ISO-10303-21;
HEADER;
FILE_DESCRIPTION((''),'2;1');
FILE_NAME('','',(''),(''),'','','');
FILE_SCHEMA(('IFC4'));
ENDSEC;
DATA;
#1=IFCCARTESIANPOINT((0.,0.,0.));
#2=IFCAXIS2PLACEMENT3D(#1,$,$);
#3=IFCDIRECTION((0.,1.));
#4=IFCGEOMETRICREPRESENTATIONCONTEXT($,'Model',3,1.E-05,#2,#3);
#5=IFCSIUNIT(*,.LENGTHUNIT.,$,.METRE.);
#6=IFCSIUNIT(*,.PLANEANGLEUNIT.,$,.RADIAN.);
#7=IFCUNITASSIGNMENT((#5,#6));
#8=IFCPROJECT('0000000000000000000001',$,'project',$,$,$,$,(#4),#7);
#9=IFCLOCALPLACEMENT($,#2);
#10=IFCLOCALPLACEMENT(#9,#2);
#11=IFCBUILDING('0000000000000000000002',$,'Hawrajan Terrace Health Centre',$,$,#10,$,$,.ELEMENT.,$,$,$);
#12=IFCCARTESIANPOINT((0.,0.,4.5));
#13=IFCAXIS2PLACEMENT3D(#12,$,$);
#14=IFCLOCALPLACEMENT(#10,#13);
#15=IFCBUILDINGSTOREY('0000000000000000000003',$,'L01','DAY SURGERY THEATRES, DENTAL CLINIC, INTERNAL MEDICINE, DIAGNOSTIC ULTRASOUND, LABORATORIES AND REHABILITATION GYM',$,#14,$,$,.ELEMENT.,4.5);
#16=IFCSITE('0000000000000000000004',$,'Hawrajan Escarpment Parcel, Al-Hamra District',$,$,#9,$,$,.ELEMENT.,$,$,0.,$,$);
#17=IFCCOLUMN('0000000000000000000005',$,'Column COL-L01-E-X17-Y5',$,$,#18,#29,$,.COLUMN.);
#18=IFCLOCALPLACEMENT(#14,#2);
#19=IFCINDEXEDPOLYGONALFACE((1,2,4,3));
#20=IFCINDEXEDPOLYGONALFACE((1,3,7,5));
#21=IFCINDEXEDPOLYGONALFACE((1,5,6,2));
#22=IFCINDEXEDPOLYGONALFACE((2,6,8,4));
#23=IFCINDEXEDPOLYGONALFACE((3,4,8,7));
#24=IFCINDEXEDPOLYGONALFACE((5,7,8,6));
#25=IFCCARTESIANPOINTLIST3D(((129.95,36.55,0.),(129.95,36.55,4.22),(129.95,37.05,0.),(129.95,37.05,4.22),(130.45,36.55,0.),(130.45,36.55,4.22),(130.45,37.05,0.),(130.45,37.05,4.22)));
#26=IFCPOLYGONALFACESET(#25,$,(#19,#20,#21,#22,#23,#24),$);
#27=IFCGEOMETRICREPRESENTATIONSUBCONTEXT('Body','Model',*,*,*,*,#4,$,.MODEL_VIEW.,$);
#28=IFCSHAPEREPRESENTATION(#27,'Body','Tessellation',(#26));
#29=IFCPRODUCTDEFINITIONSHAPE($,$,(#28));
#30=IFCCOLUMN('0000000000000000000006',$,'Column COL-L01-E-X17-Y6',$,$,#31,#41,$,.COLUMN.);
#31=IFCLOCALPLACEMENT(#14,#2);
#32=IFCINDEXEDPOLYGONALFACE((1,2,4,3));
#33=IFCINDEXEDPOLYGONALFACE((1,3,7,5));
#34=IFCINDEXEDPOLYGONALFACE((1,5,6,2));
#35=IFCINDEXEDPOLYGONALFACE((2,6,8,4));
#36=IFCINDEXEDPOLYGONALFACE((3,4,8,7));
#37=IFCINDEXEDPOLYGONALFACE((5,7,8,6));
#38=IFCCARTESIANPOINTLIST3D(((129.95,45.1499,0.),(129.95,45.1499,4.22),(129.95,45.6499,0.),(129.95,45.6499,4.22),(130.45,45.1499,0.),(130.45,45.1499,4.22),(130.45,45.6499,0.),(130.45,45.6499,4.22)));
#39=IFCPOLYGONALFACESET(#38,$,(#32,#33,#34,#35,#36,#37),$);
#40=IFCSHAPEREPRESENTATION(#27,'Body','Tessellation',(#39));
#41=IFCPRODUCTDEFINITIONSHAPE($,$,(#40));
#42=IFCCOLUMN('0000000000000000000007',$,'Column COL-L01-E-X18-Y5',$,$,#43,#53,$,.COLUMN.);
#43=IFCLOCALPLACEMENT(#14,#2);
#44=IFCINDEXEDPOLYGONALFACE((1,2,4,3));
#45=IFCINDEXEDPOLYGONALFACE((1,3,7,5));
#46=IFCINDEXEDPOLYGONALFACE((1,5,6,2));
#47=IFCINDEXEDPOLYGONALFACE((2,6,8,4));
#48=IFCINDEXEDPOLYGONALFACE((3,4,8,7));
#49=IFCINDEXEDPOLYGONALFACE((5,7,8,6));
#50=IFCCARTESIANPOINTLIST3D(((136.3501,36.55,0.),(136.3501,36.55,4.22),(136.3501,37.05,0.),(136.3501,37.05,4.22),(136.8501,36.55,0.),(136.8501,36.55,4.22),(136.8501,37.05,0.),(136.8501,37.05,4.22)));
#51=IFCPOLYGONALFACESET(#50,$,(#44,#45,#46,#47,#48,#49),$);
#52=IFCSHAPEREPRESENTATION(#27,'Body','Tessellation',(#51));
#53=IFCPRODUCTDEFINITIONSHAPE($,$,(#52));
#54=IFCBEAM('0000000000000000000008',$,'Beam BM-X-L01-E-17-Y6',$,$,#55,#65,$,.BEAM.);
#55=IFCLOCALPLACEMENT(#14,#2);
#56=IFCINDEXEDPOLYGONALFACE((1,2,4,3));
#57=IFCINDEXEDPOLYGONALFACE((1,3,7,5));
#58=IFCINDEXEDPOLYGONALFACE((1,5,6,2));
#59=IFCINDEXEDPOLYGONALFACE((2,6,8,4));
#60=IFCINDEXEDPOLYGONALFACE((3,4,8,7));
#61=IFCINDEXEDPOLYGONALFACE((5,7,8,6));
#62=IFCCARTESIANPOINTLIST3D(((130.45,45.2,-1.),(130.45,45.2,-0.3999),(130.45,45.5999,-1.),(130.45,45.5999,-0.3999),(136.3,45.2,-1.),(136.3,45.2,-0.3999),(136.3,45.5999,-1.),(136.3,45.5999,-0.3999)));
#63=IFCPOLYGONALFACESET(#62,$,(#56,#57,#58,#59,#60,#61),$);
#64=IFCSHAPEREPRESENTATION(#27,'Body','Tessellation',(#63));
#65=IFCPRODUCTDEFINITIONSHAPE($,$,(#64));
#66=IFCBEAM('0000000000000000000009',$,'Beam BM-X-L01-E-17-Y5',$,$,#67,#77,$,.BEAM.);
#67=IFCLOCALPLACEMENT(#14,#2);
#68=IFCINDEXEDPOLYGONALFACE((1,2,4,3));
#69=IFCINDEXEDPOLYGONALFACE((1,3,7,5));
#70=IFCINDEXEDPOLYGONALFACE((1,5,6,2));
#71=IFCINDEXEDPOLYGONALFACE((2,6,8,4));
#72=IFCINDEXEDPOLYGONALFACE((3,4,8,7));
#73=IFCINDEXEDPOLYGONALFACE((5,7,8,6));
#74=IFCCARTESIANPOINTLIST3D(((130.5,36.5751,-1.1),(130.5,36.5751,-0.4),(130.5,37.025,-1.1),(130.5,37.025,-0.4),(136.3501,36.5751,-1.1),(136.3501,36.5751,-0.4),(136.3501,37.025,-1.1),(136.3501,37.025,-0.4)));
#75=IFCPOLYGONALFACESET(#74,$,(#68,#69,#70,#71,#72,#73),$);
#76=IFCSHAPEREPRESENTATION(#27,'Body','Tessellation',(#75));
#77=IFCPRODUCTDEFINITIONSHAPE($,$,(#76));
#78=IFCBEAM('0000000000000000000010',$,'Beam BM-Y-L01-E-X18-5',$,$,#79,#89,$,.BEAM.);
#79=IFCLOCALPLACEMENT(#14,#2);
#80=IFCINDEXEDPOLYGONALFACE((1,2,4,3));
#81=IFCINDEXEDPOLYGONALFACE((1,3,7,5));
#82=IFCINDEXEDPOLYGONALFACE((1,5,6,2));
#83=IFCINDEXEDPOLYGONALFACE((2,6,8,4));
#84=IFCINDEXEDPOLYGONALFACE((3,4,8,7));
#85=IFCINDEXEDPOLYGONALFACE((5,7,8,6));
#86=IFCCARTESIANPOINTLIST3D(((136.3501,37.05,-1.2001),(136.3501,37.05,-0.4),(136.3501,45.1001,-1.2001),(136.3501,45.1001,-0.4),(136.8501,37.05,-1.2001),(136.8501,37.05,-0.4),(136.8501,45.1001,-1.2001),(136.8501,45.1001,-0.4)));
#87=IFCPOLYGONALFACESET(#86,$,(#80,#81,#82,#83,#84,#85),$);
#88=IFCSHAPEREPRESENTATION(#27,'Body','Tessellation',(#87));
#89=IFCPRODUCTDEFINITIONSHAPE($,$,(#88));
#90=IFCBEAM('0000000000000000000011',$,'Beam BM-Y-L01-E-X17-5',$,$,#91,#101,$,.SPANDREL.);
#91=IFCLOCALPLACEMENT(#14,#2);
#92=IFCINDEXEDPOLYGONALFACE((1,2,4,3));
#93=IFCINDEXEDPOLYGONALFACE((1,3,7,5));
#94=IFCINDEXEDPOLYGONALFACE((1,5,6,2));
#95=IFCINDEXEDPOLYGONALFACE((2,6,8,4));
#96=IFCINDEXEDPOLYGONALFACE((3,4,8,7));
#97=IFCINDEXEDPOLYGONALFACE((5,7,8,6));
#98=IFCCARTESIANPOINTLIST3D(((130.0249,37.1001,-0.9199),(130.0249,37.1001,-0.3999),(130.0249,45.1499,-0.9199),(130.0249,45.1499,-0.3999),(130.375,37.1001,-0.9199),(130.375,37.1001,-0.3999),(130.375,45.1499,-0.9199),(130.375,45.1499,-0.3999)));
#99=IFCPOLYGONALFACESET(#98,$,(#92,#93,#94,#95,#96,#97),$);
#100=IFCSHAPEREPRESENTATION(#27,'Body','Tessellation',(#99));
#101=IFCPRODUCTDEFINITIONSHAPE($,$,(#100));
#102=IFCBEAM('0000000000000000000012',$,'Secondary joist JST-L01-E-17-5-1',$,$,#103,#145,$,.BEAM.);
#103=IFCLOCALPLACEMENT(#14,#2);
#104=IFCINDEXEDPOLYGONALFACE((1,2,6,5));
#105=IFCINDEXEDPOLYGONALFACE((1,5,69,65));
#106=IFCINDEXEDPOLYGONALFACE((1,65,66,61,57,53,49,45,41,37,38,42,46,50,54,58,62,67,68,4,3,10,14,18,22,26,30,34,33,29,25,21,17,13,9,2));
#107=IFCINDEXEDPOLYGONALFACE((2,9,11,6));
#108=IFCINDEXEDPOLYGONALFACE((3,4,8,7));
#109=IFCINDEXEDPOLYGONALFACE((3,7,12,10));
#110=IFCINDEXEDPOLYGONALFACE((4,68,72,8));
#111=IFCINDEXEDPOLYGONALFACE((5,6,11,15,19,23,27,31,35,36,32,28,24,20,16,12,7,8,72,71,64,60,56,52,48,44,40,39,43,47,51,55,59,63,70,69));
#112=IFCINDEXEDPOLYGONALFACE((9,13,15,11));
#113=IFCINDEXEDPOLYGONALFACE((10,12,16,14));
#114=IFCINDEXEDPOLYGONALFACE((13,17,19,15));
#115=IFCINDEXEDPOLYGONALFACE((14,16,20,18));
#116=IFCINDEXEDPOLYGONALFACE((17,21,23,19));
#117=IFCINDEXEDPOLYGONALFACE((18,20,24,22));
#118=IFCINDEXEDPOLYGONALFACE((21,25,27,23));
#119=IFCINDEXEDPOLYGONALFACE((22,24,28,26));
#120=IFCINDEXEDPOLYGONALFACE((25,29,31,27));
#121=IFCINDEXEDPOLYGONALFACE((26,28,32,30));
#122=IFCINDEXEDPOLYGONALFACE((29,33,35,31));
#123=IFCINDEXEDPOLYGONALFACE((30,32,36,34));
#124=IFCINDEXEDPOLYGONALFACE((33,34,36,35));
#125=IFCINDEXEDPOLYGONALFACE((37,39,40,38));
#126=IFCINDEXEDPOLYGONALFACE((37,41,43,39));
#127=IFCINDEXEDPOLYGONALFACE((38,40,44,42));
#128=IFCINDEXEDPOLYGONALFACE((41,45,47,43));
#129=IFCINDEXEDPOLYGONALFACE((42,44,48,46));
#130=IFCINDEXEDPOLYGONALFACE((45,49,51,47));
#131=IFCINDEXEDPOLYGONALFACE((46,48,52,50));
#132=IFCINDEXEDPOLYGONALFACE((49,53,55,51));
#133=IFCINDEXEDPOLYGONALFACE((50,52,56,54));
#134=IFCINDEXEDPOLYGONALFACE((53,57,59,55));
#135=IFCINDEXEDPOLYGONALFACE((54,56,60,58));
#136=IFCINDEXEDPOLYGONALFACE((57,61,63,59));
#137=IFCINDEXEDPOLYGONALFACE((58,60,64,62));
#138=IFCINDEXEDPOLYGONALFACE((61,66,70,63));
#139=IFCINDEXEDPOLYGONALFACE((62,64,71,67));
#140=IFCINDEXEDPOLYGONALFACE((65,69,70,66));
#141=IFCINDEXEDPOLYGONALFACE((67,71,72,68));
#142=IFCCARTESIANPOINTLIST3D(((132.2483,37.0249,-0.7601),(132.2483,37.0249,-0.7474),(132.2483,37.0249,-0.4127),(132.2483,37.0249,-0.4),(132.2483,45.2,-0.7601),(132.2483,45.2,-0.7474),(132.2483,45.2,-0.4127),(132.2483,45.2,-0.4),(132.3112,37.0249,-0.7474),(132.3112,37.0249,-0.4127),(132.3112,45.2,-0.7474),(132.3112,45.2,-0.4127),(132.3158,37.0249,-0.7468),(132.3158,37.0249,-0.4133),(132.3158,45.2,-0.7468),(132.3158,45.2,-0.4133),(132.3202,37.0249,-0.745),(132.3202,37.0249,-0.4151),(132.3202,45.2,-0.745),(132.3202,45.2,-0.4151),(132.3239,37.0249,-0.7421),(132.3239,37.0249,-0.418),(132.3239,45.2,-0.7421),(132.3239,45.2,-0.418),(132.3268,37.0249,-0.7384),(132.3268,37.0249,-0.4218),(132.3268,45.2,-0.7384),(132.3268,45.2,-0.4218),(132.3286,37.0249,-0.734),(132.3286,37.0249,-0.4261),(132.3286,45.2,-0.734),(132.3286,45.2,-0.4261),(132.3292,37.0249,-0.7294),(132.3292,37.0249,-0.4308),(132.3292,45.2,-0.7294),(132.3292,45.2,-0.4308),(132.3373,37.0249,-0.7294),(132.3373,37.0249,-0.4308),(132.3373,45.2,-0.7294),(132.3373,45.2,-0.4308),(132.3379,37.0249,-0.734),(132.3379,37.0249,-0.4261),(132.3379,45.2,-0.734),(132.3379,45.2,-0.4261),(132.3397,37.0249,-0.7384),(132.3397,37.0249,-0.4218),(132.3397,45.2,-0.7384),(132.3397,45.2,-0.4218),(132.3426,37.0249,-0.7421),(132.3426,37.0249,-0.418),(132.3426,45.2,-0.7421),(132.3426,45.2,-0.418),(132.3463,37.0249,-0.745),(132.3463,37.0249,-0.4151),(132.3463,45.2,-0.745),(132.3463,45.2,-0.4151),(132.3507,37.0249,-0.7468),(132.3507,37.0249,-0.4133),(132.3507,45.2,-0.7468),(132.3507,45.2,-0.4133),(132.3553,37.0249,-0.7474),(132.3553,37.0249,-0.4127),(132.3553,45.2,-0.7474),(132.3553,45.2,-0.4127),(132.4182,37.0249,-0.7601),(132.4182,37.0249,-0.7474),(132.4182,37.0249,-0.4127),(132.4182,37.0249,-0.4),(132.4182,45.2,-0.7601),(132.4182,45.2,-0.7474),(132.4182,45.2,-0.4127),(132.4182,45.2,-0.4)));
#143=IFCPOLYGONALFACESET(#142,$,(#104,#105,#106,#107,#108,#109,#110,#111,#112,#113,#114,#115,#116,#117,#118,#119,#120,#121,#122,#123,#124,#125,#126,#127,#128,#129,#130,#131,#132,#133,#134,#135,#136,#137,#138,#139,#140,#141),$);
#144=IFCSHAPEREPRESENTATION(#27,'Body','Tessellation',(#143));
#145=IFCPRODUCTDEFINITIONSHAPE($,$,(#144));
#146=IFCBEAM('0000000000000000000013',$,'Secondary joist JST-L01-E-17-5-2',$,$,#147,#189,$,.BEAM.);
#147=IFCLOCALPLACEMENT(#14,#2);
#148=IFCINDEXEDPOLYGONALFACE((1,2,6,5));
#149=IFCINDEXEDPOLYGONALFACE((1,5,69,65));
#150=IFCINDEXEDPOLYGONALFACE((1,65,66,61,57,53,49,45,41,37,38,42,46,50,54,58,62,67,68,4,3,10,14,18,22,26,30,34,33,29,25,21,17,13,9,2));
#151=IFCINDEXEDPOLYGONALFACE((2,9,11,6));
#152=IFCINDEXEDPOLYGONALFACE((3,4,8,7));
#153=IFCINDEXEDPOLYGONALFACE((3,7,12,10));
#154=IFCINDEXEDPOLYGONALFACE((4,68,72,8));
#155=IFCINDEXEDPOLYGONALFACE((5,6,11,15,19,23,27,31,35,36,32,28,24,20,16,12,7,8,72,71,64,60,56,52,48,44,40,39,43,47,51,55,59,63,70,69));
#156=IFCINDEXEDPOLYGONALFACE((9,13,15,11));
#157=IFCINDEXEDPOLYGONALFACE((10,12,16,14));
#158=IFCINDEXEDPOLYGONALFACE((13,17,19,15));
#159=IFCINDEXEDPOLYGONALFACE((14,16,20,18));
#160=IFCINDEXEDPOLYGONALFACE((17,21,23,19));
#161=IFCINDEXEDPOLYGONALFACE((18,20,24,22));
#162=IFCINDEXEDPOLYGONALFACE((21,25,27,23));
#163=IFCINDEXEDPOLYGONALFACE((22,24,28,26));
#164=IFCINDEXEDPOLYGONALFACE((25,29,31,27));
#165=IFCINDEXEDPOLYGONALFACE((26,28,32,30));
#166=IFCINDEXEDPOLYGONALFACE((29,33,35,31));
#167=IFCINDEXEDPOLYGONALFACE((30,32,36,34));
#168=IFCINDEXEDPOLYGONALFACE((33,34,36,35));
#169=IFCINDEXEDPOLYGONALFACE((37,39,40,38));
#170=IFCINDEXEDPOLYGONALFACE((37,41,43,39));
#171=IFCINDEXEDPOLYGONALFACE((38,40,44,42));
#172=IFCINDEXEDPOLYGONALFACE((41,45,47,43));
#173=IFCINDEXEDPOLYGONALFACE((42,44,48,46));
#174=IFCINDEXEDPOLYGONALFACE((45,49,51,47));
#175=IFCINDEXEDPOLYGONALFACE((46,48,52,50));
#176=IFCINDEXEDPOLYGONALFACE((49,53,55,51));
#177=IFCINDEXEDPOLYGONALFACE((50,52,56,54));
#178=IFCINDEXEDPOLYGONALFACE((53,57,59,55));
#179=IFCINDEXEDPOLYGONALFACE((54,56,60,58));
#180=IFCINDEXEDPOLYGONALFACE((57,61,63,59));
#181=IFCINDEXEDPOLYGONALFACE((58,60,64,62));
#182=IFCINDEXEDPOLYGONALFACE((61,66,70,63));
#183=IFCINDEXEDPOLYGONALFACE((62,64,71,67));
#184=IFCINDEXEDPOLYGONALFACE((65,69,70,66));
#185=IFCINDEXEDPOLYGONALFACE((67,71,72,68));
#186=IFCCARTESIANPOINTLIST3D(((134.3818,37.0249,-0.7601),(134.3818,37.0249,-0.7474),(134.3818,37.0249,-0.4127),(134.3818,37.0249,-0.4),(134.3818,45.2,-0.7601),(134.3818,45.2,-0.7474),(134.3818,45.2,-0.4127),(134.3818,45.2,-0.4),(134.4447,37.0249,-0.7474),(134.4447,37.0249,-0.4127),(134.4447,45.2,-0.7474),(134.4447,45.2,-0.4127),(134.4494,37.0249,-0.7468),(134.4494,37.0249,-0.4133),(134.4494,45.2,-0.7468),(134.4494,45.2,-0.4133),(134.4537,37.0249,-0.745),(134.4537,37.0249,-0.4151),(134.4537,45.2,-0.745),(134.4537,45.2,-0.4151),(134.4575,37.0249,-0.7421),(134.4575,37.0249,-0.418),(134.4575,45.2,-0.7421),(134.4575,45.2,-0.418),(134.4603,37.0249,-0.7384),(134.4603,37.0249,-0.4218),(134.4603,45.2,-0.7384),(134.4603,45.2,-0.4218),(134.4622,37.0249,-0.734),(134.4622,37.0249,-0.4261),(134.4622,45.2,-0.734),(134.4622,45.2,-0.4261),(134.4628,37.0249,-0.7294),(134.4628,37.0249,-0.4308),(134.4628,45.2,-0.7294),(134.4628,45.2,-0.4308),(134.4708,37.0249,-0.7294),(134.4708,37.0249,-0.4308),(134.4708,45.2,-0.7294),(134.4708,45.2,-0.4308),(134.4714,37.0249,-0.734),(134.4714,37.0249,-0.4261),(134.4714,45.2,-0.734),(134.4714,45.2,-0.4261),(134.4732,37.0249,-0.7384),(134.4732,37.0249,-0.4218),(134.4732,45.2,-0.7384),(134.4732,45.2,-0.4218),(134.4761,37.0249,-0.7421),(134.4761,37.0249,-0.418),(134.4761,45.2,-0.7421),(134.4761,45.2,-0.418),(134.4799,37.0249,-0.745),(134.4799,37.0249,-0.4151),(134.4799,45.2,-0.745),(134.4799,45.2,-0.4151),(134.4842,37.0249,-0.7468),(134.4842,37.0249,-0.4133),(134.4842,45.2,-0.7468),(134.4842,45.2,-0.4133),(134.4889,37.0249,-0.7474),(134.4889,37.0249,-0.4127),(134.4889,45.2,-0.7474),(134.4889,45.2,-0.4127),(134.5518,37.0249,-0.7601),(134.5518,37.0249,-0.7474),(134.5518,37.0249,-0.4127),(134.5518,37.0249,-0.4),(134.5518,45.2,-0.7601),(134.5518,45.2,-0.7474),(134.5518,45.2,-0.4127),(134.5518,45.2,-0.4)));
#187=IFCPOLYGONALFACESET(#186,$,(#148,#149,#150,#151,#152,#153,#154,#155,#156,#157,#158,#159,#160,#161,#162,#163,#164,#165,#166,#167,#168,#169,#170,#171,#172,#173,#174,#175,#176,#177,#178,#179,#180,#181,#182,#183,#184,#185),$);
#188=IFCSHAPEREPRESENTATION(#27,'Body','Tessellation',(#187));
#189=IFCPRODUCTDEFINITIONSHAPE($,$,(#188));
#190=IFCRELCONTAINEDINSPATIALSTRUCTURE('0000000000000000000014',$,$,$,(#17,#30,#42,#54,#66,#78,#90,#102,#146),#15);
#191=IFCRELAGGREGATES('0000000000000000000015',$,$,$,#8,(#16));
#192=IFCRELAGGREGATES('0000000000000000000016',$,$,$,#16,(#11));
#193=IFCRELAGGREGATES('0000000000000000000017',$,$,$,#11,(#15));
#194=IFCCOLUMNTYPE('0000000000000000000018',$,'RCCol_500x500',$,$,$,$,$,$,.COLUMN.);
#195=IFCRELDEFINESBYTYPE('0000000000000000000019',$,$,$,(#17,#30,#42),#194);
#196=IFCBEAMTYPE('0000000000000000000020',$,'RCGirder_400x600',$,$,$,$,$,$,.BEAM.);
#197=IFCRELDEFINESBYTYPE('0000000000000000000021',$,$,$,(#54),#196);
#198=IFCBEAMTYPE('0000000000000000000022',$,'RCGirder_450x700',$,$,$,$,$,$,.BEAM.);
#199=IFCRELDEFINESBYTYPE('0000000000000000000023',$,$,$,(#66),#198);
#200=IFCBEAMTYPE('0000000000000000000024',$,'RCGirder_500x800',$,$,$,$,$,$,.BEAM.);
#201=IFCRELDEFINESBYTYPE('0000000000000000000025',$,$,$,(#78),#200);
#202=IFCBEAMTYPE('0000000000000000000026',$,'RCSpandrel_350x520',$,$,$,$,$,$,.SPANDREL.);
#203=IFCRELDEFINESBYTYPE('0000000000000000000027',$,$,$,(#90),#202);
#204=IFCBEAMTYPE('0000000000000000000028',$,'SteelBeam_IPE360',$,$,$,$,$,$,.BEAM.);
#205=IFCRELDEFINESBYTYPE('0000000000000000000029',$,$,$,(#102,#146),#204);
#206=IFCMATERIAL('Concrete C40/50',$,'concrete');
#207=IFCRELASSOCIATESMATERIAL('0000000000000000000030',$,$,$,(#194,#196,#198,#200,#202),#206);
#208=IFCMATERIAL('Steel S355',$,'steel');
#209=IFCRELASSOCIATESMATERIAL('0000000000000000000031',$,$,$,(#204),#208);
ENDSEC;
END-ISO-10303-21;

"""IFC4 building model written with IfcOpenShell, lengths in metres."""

from ifc_helpers import new_model, si_unit, direction, frame, origin, origin_2d, place, context, subcontext, project, spatial, rectangle, i_section, extrude, material, material_profile, profile_set, type_object, element, save


model = new_model("IFC4")

# Units and contexts
model_context = context("Model", 3, precision=1e-05, world=origin(), true_north=direction((0.0, 1.0)))
body_context = subcontext(model_context, "Body", "Model", "MODEL_VIEW")
ifc_project = project(units=[si_unit("LENGTHUNIT", "METRE"), si_unit("PLANEANGLEUNIT", "RADIAN")], contexts=[model_context])

# Site, building, storey
site_placement = place(None, origin())
site = spatial("IfcSite", under=ifc_project, at=site_placement, Name="Hawrajan Escarpment Parcel, Al-Hamra District", CompositionType="ELEMENT", RefElevation=0.0)
building_placement = place(site_placement, origin())
building = spatial("IfcBuilding", under=site, at=building_placement, Name="Hawrajan Terrace Health Centre", CompositionType="ELEMENT")
storey_placement = place(building_placement, frame((0.0, 0.0, 4.5)))
storey = spatial("IfcBuildingStorey", under=building, at=storey_placement, Name="L01", Description="DAY SURGERY THEATRES, DENTAL CLINIC, INTERNAL MEDICINE, DIAGNOSTIC ULTRASOUND, LABORATORIES AND REHABILITATION GYM", CompositionType="ELEMENT", Elevation=4.5)

# Columns
ifc_material_1 = material(Name="Concrete C40/50", Category="concrete")
ifc_material_profile_1 = material_profile(ifc_material_1, rectangle(XDim=0.5, YDim=0.5, at=origin_2d()), Name="RC 500x500")
ifc_profile_set_1 = profile_set([ifc_material_profile_1], Name="Concrete C40/50")
column_type = type_object("IfcColumnType", Name="RCCol_500x500", PredefinedType="COLUMN", material=ifc_profile_set_1)
for number, where, z_axis, x_axis, name in (
    (1, (130.2, 36.8, 0.0), (0.0, 0.0, 1.0), (1.0, 0.0, 0.0), "Column COL-L01-E-X17-Y5"),
    (2, (130.2, 45.3999, 0.0), (0.0, 0.0, 1.0), (1.0, 0.0, 0.0), "Column COL-L01-E-X17-Y6"),
    (3, (136.6001, 36.8, 0.0), (0.0, 0.0, 1.0), (1.0, 0.0, 0.0), "Column COL-L01-E-X18-Y5"),
):
    element("IfcColumn", number, at=place(storey_placement, frame(where, z_axis=z_axis, x_axis=x_axis)), inside=storey, type_object=column_type, Name=name, PredefinedType="COLUMN", context=body_context, shape_type="SweptSolid", body=[
        extrude(rectangle(XDim=0.5, YDim=0.5, at=origin_2d()), origin(), (0.0, 0.0, 1.0), 4.22),
    ])

# Beams
ifc_material_profile_2 = material_profile(ifc_material_1, rectangle(XDim=0.3999, YDim=0.6001, at=origin_2d()), Name="RC BM 400x600")
ifc_profile_set_2 = profile_set([ifc_material_profile_2], Name="Concrete C40/50")
beam_type_1 = type_object("IfcBeamType", Name="RCGirder_400x600", PredefinedType="BEAM", material=ifc_profile_set_2)
beam_1_placement = place(storey_placement, frame((130.45, 45.3999, -0.7), z_axis=(1.0, 0.0, 0.0), x_axis=(0.0, 1.0, 0.0)))
element("IfcBeam", 4, at=beam_1_placement, inside=storey, type_object=beam_type_1, Name="Beam BM-X-L01-E-17-Y6", PredefinedType="BEAM", context=body_context, shape_type="SweptSolid", body=[
    extrude(rectangle(XDim=0.3999, YDim=0.6001, at=origin_2d()), origin(), (0.0, 0.0, 1.0), 5.8501),
])
ifc_material_profile_3 = material_profile(ifc_material_1, rectangle(XDim=0.45, YDim=0.7, at=origin_2d()), Name="RC BM 450x700")
ifc_profile_set_3 = profile_set([ifc_material_profile_3], Name="Concrete C40/50")
beam_type_2 = type_object("IfcBeamType", Name="RCGirder_450x700", PredefinedType="BEAM", material=ifc_profile_set_3)
beam_2_placement = place(storey_placement, frame((130.5, 36.8, -0.75), z_axis=(1.0, 0.0, 0.0), x_axis=(0.0, 1.0, 0.0)))
element("IfcBeam", 5, at=beam_2_placement, inside=storey, type_object=beam_type_2, Name="Beam BM-X-L01-E-17-Y5", PredefinedType="BEAM", context=body_context, shape_type="SweptSolid", body=[
    extrude(rectangle(XDim=0.45, YDim=0.7, at=origin_2d()), origin(), (0.0, 0.0, 1.0), 5.8501),
])
ifc_material_profile_4 = material_profile(ifc_material_1, rectangle(XDim=0.5, YDim=0.8, at=origin_2d()), Name="RC BM 500x800")
ifc_profile_set_4 = profile_set([ifc_material_profile_4], Name="Concrete C40/50")
beam_type_3 = type_object("IfcBeamType", Name="RCGirder_500x800", PredefinedType="BEAM", material=ifc_profile_set_4)
beam_3_placement = place(storey_placement, frame((136.6001, 37.05, -0.8), z_axis=(0.0, 1.0, 0.0), x_axis=(-1.0, 0.0, 0.0)))
element("IfcBeam", 6, at=beam_3_placement, inside=storey, type_object=beam_type_3, Name="Beam BM-Y-L01-E-X18-5", PredefinedType="BEAM", context=body_context, shape_type="SweptSolid", body=[
    extrude(rectangle(XDim=0.5, YDim=0.8, at=origin_2d()), origin(), (0.0, 0.0, 1.0), 8.05),
])
ifc_material_profile_5 = material_profile(ifc_material_1, rectangle(XDim=0.3501, YDim=0.52, at=origin_2d()), Name="RC SP 350x520")
ifc_profile_set_5 = profile_set([ifc_material_profile_5], Name="Concrete C40/50")
beam_type_4 = type_object("IfcBeamType", Name="RCSpandrel_350x520", PredefinedType="SPANDREL", material=ifc_profile_set_5)
beam_4_placement = place(storey_placement, frame((130.2, 37.1001, -0.6599), z_axis=(0.0, 1.0, 0.0), x_axis=(-1.0, 0.0, 0.0)))
element("IfcBeam", 7, at=beam_4_placement, inside=storey, type_object=beam_type_4, Name="Beam BM-Y-L01-E-X17-5", PredefinedType="SPANDREL", context=body_context, shape_type="SweptSolid", body=[
    extrude(rectangle(XDim=0.3501, YDim=0.52, at=origin_2d()), origin(), (0.0, 0.0, 1.0), 8.0498),
])
ifc_material_2 = material(Name="Steel S355", Category="steel")
ifc_material_profile_6 = material_profile(ifc_material_2, i_section(OverallWidth=0.1699, OverallDepth=0.3601, WebThickness=0.0081, FlangeThickness=0.0127, FilletRadius=0.0181, at=origin_2d()), Name="IPE 360")
ifc_profile_set_6 = profile_set([ifc_material_profile_6], Name="Steel S355")
beam_type_5 = type_object("IfcBeamType", Name="SteelBeam_IPE360", PredefinedType="BEAM", material=ifc_profile_set_6)
for number, where, z_axis, x_axis, name in (
    (8, (132.3333, 37.0249, -0.5801), (0.0, 1.0, 0.0), (-1.0, 0.0, 0.0), "Secondary joist JST-L01-E-17-5-1"),
    (9, (134.4668, 37.0249, -0.5801), (0.0, 1.0, 0.0), (-1.0, 0.0, 0.0), "Secondary joist JST-L01-E-17-5-2"),
):
    element("IfcBeam", number, at=place(storey_placement, frame(where, z_axis=z_axis, x_axis=x_axis)), inside=storey, type_object=beam_type_5, Name=name, PredefinedType="BEAM", context=body_context, shape_type="SweptSolid", body=[
        extrude(i_section(OverallWidth=0.1699, OverallDepth=0.3601, WebThickness=0.0081, FlangeThickness=0.0127, FilletRadius=0.0181, at=origin_2d()), origin(), (0.0, 0.0, 1.0), 8.175),
    ])

save(model, "model.ifc")
